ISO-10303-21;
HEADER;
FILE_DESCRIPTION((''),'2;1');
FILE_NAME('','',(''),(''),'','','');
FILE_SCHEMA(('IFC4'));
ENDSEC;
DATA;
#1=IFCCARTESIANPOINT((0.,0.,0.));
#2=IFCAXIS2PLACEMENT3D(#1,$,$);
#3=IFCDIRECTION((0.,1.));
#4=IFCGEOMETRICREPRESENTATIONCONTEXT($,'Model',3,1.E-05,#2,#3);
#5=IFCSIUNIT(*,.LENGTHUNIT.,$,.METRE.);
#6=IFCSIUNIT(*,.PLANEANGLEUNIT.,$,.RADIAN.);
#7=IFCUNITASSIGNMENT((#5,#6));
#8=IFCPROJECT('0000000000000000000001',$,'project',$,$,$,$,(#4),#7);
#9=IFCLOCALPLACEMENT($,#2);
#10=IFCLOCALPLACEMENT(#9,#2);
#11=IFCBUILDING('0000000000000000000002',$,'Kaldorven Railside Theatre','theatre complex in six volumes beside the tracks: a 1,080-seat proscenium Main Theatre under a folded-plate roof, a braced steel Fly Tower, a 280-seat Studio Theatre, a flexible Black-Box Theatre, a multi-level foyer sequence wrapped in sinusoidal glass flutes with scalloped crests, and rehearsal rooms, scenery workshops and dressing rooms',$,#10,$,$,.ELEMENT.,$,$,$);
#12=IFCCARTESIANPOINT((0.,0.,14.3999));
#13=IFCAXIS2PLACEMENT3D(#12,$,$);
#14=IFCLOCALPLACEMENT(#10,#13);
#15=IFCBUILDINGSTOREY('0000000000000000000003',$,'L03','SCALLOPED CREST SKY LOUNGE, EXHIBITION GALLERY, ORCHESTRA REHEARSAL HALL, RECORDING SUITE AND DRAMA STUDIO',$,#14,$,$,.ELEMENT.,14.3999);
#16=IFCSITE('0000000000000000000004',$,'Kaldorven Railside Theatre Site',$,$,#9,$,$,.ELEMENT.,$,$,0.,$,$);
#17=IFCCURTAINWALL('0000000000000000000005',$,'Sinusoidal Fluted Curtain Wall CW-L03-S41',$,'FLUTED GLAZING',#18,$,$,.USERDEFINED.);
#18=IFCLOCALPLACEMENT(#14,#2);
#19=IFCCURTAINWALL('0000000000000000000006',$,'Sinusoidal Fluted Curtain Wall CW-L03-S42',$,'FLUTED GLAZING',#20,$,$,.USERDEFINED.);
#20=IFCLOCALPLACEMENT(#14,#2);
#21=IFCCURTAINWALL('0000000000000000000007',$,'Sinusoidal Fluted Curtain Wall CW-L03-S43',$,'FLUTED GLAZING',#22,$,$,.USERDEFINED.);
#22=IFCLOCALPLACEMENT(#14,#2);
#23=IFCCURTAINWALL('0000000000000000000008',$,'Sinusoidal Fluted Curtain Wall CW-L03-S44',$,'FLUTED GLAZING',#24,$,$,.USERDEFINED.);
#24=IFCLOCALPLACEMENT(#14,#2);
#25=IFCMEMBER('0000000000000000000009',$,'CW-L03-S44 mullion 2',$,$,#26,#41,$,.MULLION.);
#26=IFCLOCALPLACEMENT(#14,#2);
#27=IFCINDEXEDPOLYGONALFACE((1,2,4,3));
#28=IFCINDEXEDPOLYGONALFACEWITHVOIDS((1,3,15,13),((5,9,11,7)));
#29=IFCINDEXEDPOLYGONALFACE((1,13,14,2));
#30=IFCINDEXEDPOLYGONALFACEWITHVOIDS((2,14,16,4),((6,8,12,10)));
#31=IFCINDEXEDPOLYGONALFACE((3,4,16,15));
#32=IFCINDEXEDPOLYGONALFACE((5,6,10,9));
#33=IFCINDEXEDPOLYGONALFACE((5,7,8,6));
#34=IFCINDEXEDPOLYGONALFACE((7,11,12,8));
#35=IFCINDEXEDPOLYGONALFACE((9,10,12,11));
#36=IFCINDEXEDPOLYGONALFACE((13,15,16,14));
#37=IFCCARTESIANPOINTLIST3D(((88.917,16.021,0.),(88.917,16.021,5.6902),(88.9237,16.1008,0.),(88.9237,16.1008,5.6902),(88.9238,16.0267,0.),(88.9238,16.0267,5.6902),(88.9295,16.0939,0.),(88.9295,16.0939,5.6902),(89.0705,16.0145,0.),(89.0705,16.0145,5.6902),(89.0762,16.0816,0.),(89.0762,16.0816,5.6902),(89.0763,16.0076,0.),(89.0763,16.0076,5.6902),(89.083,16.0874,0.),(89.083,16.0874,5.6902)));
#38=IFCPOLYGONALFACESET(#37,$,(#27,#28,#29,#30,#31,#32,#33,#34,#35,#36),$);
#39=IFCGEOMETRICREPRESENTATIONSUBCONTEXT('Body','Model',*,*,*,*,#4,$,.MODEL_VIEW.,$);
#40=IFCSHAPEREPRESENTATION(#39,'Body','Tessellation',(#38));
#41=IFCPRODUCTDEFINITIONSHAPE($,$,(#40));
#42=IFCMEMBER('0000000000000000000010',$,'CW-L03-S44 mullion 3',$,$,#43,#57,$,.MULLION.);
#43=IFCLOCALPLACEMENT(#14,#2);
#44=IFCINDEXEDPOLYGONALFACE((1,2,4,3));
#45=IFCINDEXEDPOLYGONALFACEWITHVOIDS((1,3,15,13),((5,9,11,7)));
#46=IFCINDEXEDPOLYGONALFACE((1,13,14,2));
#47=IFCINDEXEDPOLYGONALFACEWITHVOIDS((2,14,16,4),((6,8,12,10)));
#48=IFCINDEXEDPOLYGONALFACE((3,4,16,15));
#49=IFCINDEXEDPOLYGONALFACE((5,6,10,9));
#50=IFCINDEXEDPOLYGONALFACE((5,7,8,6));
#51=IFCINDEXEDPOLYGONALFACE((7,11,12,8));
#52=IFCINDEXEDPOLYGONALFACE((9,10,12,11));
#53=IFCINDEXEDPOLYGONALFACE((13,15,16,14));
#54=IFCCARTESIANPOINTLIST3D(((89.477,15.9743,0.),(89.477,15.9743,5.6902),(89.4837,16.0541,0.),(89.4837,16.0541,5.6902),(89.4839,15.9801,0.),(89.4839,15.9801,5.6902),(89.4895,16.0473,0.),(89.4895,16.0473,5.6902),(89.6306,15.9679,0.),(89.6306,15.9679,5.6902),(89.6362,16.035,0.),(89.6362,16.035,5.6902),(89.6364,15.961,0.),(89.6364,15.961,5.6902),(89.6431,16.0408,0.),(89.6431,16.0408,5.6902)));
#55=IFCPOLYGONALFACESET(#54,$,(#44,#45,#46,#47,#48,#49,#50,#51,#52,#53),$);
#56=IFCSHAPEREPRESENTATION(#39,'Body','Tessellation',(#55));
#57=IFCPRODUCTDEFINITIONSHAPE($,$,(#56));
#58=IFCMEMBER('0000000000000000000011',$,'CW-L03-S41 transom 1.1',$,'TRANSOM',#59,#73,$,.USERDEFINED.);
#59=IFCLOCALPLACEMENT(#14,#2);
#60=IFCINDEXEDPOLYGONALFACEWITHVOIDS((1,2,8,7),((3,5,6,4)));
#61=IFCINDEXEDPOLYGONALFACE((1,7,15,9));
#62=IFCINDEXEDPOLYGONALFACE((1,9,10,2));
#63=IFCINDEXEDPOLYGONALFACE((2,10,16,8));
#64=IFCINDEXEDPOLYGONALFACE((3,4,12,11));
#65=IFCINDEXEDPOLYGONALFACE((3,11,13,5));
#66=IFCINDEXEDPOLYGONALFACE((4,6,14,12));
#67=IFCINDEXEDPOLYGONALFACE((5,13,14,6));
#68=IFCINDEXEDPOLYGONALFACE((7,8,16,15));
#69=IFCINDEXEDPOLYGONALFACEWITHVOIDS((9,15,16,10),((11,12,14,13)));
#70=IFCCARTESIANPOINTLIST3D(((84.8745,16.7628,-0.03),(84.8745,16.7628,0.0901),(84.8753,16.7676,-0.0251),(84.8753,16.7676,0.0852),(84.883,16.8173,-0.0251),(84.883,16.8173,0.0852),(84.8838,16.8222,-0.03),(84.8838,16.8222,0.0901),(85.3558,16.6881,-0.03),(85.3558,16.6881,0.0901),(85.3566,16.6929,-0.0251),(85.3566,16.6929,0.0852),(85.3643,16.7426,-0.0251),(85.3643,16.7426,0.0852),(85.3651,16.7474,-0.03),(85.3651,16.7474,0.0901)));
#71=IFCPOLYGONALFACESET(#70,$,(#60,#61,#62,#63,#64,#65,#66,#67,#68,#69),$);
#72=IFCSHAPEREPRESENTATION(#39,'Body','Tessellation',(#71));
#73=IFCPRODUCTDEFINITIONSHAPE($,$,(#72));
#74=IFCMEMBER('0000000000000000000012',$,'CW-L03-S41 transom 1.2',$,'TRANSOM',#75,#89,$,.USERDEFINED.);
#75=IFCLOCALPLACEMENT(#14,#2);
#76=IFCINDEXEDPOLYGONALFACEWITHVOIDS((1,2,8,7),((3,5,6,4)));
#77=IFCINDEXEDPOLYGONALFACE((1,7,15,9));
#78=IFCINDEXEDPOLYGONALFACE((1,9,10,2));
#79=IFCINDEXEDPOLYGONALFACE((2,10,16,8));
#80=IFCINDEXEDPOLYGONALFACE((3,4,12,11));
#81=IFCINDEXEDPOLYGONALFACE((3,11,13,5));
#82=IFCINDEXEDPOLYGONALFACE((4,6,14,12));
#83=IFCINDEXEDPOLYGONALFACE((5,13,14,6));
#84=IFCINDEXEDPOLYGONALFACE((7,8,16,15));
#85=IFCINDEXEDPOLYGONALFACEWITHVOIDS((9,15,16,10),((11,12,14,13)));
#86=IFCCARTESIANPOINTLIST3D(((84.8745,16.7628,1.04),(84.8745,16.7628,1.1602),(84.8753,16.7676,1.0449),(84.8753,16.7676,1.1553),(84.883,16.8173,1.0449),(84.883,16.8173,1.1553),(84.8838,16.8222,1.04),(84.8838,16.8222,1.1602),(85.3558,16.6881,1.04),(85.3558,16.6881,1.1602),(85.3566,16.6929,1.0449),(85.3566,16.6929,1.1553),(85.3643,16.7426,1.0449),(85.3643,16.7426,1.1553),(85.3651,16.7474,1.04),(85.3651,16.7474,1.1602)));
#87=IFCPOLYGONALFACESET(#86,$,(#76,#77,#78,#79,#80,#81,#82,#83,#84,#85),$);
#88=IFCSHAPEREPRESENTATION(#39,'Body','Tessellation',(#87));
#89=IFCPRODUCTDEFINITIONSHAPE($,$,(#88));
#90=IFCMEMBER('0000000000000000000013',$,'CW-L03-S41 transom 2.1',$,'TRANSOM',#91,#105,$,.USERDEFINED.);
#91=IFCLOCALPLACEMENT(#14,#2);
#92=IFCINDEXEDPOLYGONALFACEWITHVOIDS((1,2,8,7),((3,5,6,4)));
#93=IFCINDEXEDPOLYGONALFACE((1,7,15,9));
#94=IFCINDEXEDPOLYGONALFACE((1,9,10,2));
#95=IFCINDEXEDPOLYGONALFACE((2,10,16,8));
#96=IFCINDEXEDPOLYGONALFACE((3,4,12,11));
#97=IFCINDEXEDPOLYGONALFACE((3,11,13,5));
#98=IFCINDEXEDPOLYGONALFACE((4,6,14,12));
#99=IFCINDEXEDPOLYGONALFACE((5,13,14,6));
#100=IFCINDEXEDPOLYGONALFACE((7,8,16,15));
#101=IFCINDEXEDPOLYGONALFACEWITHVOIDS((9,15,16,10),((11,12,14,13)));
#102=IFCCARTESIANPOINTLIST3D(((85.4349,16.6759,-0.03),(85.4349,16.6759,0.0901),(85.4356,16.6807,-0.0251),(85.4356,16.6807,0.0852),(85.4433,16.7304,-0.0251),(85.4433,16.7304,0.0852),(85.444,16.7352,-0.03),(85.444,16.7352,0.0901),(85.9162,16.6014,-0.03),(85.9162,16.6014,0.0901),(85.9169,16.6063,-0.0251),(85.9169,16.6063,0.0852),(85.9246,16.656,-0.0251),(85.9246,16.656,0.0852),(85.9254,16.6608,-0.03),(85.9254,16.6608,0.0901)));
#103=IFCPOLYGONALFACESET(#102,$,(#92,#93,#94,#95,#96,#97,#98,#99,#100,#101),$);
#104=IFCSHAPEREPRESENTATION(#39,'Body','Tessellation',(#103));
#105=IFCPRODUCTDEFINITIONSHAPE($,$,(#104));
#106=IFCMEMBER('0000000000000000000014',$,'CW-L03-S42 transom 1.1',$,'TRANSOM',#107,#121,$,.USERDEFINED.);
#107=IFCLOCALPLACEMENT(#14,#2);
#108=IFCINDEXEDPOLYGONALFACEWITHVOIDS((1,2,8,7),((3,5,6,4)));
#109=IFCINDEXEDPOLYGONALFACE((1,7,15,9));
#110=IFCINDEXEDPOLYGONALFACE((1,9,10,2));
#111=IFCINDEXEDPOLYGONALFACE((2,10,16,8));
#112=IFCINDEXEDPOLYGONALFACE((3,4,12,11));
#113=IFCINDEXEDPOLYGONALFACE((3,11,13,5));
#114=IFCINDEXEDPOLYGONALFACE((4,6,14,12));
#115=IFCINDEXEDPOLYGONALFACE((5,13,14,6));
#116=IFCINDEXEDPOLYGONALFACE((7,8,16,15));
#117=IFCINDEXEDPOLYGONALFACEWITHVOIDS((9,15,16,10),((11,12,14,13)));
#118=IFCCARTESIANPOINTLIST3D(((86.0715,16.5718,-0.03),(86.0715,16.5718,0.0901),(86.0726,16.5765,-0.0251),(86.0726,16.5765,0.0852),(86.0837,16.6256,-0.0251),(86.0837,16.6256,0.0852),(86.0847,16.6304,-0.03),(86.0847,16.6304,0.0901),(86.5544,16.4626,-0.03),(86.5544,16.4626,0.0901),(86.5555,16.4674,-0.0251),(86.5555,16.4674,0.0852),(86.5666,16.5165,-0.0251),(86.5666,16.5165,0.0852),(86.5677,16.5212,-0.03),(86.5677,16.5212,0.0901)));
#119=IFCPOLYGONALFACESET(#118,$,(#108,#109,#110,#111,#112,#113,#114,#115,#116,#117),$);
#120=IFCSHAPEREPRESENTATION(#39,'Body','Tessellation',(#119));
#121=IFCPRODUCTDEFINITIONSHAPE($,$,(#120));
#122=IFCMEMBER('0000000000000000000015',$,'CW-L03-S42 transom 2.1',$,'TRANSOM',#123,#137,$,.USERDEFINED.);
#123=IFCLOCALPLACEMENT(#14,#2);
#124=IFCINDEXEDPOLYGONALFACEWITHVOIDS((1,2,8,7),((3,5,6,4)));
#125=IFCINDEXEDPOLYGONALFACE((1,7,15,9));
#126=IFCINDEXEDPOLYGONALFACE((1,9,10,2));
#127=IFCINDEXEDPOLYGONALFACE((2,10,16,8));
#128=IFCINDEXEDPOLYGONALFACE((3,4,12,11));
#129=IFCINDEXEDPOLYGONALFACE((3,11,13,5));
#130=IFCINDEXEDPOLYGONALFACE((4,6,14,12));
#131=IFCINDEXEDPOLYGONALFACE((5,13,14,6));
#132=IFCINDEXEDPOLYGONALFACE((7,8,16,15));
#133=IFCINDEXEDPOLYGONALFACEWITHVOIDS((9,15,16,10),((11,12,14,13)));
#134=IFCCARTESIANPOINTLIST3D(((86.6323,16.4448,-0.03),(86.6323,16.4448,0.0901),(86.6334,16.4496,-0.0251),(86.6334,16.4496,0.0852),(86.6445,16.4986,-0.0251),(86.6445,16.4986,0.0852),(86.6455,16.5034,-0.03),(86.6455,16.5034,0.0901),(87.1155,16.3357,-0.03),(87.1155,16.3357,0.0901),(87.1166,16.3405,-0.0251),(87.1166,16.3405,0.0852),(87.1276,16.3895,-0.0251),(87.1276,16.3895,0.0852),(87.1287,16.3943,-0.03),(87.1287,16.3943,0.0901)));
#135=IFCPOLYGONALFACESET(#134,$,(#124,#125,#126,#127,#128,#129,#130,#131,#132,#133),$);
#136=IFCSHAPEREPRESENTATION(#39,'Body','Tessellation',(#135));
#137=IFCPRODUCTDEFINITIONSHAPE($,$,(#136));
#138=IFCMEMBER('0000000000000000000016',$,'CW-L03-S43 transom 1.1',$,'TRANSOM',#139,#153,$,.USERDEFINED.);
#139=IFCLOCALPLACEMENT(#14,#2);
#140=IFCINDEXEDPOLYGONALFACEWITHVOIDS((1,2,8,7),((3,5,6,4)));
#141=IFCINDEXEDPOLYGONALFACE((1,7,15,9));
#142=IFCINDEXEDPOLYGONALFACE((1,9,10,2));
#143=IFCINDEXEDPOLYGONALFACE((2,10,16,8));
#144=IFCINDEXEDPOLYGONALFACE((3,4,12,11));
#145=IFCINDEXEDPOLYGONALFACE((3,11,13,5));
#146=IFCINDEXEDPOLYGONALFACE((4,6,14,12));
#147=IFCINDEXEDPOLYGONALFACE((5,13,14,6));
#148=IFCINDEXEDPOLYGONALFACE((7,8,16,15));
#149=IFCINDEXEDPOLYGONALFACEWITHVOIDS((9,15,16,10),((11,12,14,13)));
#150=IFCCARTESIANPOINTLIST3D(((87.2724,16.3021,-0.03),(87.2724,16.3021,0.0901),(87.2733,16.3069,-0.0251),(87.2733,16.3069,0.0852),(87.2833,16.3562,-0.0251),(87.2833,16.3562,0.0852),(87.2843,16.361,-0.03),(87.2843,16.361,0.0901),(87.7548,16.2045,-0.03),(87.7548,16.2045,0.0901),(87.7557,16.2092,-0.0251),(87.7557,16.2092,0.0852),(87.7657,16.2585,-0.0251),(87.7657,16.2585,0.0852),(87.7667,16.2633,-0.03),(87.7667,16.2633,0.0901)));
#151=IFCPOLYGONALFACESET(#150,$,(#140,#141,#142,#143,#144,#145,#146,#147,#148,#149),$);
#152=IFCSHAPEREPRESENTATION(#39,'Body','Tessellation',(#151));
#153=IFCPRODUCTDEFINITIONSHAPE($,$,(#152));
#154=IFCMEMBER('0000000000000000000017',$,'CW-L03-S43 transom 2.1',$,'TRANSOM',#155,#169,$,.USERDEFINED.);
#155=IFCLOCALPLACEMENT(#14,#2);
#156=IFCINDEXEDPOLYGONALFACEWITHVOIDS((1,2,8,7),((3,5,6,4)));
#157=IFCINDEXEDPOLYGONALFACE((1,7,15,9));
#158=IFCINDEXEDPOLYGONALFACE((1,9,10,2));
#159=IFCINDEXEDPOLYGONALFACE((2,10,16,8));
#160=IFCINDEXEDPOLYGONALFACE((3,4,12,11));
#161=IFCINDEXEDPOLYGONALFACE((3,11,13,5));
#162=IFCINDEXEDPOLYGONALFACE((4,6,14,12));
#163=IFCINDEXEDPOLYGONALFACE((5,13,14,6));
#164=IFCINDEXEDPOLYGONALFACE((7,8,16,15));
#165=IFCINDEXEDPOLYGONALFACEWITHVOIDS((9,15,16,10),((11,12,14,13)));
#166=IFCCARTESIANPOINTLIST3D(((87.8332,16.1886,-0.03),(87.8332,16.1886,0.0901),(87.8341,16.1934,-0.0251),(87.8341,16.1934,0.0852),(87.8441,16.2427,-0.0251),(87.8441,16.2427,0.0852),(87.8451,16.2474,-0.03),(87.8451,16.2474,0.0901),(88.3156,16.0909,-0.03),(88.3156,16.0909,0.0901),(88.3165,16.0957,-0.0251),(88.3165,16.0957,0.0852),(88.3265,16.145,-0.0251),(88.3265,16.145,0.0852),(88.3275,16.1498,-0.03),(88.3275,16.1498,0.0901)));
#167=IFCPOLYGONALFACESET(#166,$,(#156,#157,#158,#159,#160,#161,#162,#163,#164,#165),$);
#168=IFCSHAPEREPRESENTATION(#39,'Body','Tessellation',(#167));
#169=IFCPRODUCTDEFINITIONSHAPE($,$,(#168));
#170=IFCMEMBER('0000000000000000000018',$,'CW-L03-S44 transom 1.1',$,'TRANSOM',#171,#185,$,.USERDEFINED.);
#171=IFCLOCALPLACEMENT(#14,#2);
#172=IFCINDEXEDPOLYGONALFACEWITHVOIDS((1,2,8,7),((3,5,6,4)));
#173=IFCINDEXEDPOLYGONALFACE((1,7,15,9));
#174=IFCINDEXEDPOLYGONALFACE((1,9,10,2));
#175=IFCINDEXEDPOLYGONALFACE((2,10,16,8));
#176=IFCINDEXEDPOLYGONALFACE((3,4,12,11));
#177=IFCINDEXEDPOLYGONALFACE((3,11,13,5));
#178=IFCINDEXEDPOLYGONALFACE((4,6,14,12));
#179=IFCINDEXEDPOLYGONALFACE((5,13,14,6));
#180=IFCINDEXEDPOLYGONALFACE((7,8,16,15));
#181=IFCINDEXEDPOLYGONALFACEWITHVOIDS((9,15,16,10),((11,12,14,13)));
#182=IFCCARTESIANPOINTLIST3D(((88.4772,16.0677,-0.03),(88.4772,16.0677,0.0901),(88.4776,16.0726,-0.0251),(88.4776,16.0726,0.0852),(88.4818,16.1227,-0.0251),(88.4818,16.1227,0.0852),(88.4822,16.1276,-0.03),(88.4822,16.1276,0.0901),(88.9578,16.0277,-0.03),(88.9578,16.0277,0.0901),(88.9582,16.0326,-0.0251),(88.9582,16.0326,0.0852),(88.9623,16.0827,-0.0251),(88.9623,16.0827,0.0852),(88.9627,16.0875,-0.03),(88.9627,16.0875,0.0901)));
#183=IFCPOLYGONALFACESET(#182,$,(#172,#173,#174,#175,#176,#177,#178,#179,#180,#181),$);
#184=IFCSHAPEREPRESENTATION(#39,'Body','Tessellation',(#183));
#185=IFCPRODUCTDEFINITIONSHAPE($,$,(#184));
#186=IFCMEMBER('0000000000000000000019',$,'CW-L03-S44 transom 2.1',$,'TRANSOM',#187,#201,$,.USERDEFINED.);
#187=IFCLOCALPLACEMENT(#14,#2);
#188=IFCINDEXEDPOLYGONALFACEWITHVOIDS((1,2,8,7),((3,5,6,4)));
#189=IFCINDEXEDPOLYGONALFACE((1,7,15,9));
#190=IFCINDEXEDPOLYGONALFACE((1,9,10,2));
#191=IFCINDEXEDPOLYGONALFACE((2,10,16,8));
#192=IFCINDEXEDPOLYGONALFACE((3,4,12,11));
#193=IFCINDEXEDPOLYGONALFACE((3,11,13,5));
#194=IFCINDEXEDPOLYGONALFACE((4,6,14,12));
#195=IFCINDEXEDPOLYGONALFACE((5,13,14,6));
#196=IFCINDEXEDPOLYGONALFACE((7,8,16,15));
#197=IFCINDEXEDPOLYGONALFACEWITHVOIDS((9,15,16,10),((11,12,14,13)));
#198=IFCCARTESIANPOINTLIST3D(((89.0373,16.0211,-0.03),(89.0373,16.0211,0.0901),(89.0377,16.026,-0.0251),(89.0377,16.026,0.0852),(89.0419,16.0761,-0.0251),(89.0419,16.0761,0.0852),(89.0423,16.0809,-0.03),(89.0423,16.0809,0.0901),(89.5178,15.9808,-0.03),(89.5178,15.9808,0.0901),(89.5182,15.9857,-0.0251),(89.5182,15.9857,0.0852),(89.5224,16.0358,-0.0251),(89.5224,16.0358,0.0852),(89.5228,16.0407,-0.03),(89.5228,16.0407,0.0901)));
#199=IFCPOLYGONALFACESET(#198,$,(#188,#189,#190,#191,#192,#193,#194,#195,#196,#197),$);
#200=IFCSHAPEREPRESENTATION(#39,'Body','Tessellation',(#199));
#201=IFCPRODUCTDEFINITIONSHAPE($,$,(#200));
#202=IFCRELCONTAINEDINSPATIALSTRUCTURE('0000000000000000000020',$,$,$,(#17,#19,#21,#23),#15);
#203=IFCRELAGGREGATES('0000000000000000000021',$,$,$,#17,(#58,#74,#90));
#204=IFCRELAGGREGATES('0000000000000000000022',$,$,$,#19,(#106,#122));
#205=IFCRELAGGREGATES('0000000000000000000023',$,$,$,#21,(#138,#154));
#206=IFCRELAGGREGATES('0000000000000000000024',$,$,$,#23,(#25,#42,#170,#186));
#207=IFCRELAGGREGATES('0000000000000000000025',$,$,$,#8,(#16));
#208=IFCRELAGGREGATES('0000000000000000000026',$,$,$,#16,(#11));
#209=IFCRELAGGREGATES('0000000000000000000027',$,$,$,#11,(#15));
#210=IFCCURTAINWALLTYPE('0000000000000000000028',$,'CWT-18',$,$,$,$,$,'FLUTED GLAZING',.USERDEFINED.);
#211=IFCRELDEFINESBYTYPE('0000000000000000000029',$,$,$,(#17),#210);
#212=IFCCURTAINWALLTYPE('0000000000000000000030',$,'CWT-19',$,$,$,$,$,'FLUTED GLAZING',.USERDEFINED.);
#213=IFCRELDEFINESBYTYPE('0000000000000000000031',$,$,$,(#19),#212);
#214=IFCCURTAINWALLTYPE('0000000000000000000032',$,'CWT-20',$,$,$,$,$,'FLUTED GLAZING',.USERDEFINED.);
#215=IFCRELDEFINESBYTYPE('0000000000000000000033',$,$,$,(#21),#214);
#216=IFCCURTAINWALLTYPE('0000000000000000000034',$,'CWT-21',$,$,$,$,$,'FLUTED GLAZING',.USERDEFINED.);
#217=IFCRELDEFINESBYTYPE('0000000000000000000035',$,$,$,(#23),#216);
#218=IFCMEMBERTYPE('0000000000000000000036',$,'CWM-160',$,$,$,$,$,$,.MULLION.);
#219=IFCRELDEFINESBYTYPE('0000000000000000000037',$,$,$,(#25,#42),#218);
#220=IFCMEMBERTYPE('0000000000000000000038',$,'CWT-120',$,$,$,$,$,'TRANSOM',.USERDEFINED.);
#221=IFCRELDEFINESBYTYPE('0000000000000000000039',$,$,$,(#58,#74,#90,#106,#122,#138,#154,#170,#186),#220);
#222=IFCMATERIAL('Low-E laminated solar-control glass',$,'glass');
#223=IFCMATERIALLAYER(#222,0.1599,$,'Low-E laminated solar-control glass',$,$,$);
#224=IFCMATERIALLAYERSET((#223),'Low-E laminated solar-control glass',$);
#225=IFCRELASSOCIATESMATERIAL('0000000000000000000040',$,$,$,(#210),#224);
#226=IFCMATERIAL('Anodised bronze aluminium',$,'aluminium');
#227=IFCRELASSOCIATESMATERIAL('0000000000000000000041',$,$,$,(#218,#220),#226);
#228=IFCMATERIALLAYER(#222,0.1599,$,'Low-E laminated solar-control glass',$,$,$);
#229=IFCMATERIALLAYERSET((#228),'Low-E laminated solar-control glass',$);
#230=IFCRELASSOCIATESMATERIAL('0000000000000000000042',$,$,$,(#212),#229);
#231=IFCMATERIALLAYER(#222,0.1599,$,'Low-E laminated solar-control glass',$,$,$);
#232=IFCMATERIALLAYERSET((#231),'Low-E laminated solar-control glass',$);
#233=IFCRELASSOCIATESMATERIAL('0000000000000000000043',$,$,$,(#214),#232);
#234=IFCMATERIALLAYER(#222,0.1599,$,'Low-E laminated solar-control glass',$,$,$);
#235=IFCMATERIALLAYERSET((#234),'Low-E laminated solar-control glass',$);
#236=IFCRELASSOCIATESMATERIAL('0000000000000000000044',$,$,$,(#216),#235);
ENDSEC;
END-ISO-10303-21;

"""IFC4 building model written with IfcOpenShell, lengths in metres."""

from ifc_helpers import new_model, si_unit, direction, frame, origin, origin_2d, place, context, subcontext, project, spatial, hollow_rectangle, extrude, material, layer, layer_set, material_profile, profile_set, type_object, element, aggregate, save


model = new_model("IFC4")

# Units and contexts
model_context = context("Model", 3, precision=1e-05, world=origin(), true_north=direction((0.0, 1.0)))
body_context = subcontext(model_context, "Body", "Model", "MODEL_VIEW")
ifc_project = project(units=[si_unit("LENGTHUNIT", "METRE"), si_unit("PLANEANGLEUNIT", "RADIAN")], contexts=[model_context])

# Site, building, storey
site_placement = place(None, origin())
site = spatial("IfcSite", under=ifc_project, at=site_placement, Name="Kaldorven Railside Theatre Site", CompositionType="ELEMENT", RefElevation=0.0)
building_placement = place(site_placement, origin())
building = spatial("IfcBuilding", under=site, at=building_placement, Name="Kaldorven Railside Theatre", Description="theatre complex in six volumes beside the tracks: a 1,080-seat proscenium Main Theatre under a folded-plate roof, a braced steel Fly Tower, a 280-seat Studio Theatre, a flexible Black-Box Theatre, a multi-level foyer sequence wrapped in sinusoidal glass flutes with scalloped crests, and rehearsal rooms, scenery workshops and dressing rooms", CompositionType="ELEMENT")
storey_placement = place(building_placement, frame((0.0, 0.0, 14.3999)))
storey = spatial("IfcBuildingStorey", under=building, at=storey_placement, Name="L03", Description="SCALLOPED CREST SKY LOUNGE, EXHIBITION GALLERY, ORCHESTRA REHEARSAL HALL, RECORDING SUITE AND DRAMA STUDIO", CompositionType="ELEMENT", Elevation=14.3999)

# Curtain walls, members
ifc_material_1 = material(Name="Low-E laminated solar-control glass", Category="glass")
ifc_layer_1 = layer(ifc_material_1, 0.1599, Name="Low-E laminated solar-control glass")
ifc_layer_set_1 = layer_set([ifc_layer_1], Name="Low-E laminated solar-control glass")
curtain_wall_type_1 = type_object("IfcCurtainWallType", Name="CWT-18", ElementType="FLUTED GLAZING", PredefinedType="USERDEFINED", material=ifc_layer_set_1)
curtain_wall_1_placement = place(storey_placement, origin())
curtain_wall_1 = element("IfcCurtainWall", 1, at=curtain_wall_1_placement, inside=storey, type_object=curtain_wall_type_1, Name="Sinusoidal Fluted Curtain Wall CW-L03-S41", ObjectType="FLUTED GLAZING", PredefinedType="USERDEFINED")
ifc_material_2 = material(Name="Anodised bronze aluminium", Category="aluminium")
ifc_material_profile_1 = material_profile(ifc_material_2, hollow_rectangle(XDim=0.0801, YDim=0.1599, WallThickness=0.0063, at=origin_2d()), Name="RHS 160x80x6.3")
ifc_profile_set_1 = profile_set([ifc_material_profile_1], Name="Anodised bronze aluminium")
member_type_1 = type_object("IfcMemberType", Name="CWM-160", PredefinedType="MULLION", material=ifc_profile_set_1)
ifc_layer_2 = layer(ifc_material_1, 0.1599, Name="Low-E laminated solar-control glass")
ifc_layer_set_2 = layer_set([ifc_layer_2], Name="Low-E laminated solar-control glass")
curtain_wall_type_2 = type_object("IfcCurtainWallType", Name="CWT-19", ElementType="FLUTED GLAZING", PredefinedType="USERDEFINED", material=ifc_layer_set_2)
curtain_wall_2_placement = place(storey_placement, origin())
curtain_wall_2 = element("IfcCurtainWall", 2, at=curtain_wall_2_placement, inside=storey, type_object=curtain_wall_type_2, Name="Sinusoidal Fluted Curtain Wall CW-L03-S42", ObjectType="FLUTED GLAZING", PredefinedType="USERDEFINED")
ifc_layer_3 = layer(ifc_material_1, 0.1599, Name="Low-E laminated solar-control glass")
ifc_layer_set_3 = layer_set([ifc_layer_3], Name="Low-E laminated solar-control glass")
curtain_wall_type_3 = type_object("IfcCurtainWallType", Name="CWT-20", ElementType="FLUTED GLAZING", PredefinedType="USERDEFINED", material=ifc_layer_set_3)
curtain_wall_3_placement = place(storey_placement, origin())
curtain_wall_3 = element("IfcCurtainWall", 3, at=curtain_wall_3_placement, inside=storey, type_object=curtain_wall_type_3, Name="Sinusoidal Fluted Curtain Wall CW-L03-S43", ObjectType="FLUTED GLAZING", PredefinedType="USERDEFINED")
ifc_layer_4 = layer(ifc_material_1, 0.1599, Name="Low-E laminated solar-control glass")
ifc_layer_set_4 = layer_set([ifc_layer_4], Name="Low-E laminated solar-control glass")
curtain_wall_type_4 = type_object("IfcCurtainWallType", Name="CWT-21", ElementType="FLUTED GLAZING", PredefinedType="USERDEFINED", material=ifc_layer_set_4)
curtain_wall_4_placement = place(storey_placement, origin())
curtain_wall_4 = element("IfcCurtainWall", 4, at=curtain_wall_4_placement, inside=storey, type_object=curtain_wall_type_4, Name="Sinusoidal Fluted Curtain Wall CW-L03-S44", ObjectType="FLUTED GLAZING", PredefinedType="USERDEFINED")
member_1_placement = place(storey_placement, frame((89.0, 16.0542, 0.0), z_axis=(0.0, 0.0, 1.0), x_axis=(0.08321, 0.996532, 0.0)))
member_1 = element("IfcMember", 5, at=member_1_placement, type_object=member_type_1, Name="CW-L03-S44 mullion 2", PredefinedType="MULLION", context=body_context, shape_type="SweptSolid", body=[
    extrude(hollow_rectangle(XDim=0.0801, YDim=0.1599, WallThickness=0.0063, at=origin_2d()), origin(), (0.0, 0.0, 1.0), 5.6902),
])
member_2_placement = place(storey_placement, frame((89.5601, 16.0076, 0.0), z_axis=(0.0, 0.0, 1.0), x_axis=(0.08321, 0.996532, 0.0)))
member_2 = element("IfcMember", 6, at=member_2_placement, type_object=member_type_1, Name="CW-L03-S44 mullion 3", PredefinedType="MULLION", context=body_context, shape_type="SweptSolid", body=[
    extrude(hollow_rectangle(XDim=0.0801, YDim=0.1599, WallThickness=0.0063, at=origin_2d()), origin(), (0.0, 0.0, 1.0), 5.6902),
])

# Members
ifc_material_profile_2 = material_profile(ifc_material_2, hollow_rectangle(XDim=0.0601, YDim=0.1201, WallThickness=0.0049, at=origin_2d()), Name="RHS 120x60x5")
ifc_profile_set_2 = profile_set([ifc_material_profile_2], Name="Anodised bronze aluminium")
member_type_2 = type_object("IfcMemberType", Name="CWT-120", ElementType="TRANSOM", PredefinedType="USERDEFINED", material=ifc_profile_set_2)
member_3_placement = place(storey_placement, frame((84.8792, 16.7925, 0.03), z_axis=(0.988162, -0.153413, 0.0), x_axis=(0.153413, 0.988162, 0.0)))
member_3 = element("IfcMember", 7, at=member_3_placement, type_object=member_type_2, Name="CW-L03-S41 transom 1.1", ObjectType="TRANSOM", PredefinedType="USERDEFINED", context=body_context, shape_type="SweptSolid", body=[
    extrude(hollow_rectangle(XDim=0.0601, YDim=0.1201, WallThickness=0.0049, at=origin_2d()), origin(), (0.0, 0.0, 1.0), 0.4871),
])
member_4_placement = place(storey_placement, frame((84.8792, 16.7925, 1.1001), z_axis=(0.988162, -0.153413, 0.0), x_axis=(0.153413, 0.988162, 0.0)))
member_4 = element("IfcMember", 8, at=member_4_placement, type_object=member_type_2, Name="CW-L03-S41 transom 1.2", ObjectType="TRANSOM", PredefinedType="USERDEFINED", context=body_context, shape_type="SweptSolid", body=[
    extrude(hollow_rectangle(XDim=0.0601, YDim=0.1201, WallThickness=0.0049, at=origin_2d()), origin(), (0.0, 0.0, 1.0), 0.4871),
])
member_5_placement = place(storey_placement, frame((85.4395, 16.7056, 0.03), z_axis=(0.98825, -0.152848, 0.0), x_axis=(0.152848, 0.98825, 0.0)))
member_5 = element("IfcMember", 9, at=member_5_placement, type_object=member_type_2, Name="CW-L03-S41 transom 2.1", ObjectType="TRANSOM", PredefinedType="USERDEFINED", context=body_context, shape_type="SweptSolid", body=[
    extrude(hollow_rectangle(XDim=0.0601, YDim=0.1201, WallThickness=0.0049, at=origin_2d()), origin(), (0.0, 0.0, 1.0), 0.4871),
])
member_6_placement = place(storey_placement, frame((86.0781, 16.6011, 0.03), z_axis=(0.975403, -0.220427, 0.0), x_axis=(0.220427, 0.975403, 0.0)))
member_6 = element("IfcMember", 10, at=member_6_placement, type_object=member_type_2, Name="CW-L03-S42 transom 1.1", ObjectType="TRANSOM", PredefinedType="USERDEFINED", context=body_context, shape_type="SweptSolid", body=[
    extrude(hollow_rectangle(XDim=0.0601, YDim=0.1201, WallThickness=0.0049, at=origin_2d()), origin(), (0.0, 0.0, 1.0), 0.4951),
])
member_7_placement = place(storey_placement, frame((86.6389, 16.4741, 0.03), z_axis=(0.975427, -0.220321, 0.0), x_axis=(0.220321, 0.975427, 0.0)))
member_7 = element("IfcMember", 11, at=member_7_placement, type_object=member_type_2, Name="CW-L03-S42 transom 2.1", ObjectType="TRANSOM", PredefinedType="USERDEFINED", context=body_context, shape_type="SweptSolid", body=[
    extrude(hollow_rectangle(XDim=0.0601, YDim=0.1201, WallThickness=0.0049, at=origin_2d()), origin(), (0.0, 0.0, 1.0), 0.4954),
])
member_8_placement = place(storey_placement, frame((87.2783, 16.3315, 0.03), z_axis=(0.98012, -0.198405, 0.0), x_axis=(0.198405, 0.98012, 0.0)))
member_8 = element("IfcMember", 12, at=member_8_placement, type_object=member_type_2, Name="CW-L03-S43 transom 1.1", ObjectType="TRANSOM", PredefinedType="USERDEFINED", context=body_context, shape_type="SweptSolid", body=[
    extrude(hollow_rectangle(XDim=0.0601, YDim=0.1201, WallThickness=0.0049, at=origin_2d()), origin(), (0.0, 0.0, 1.0), 0.4922),
])
member_9_placement = place(storey_placement, frame((87.8391, 16.218, 0.03), z_axis=(0.98012, -0.198405, 0.0), x_axis=(0.198405, 0.98012, 0.0)))
member_9 = element("IfcMember", 13, at=member_9_placement, type_object=member_type_2, Name="CW-L03-S43 transom 2.1", ObjectType="TRANSOM", PredefinedType="USERDEFINED", context=body_context, shape_type="SweptSolid", body=[
    extrude(hollow_rectangle(XDim=0.0601, YDim=0.1201, WallThickness=0.0049, at=origin_2d()), origin(), (0.0, 0.0, 1.0), 0.4922),
])
member_10_placement = place(storey_placement, frame((88.4797, 16.0977, 0.03), z_axis=(0.996546, -0.083045, 0.0), x_axis=(0.083045, 0.996546, 0.0)))
member_10 = element("IfcMember", 14, at=member_10_placement, type_object=member_type_2, Name="CW-L03-S44 transom 1.1", ObjectType="TRANSOM", PredefinedType="USERDEFINED", context=body_context, shape_type="SweptSolid", body=[
    extrude(hollow_rectangle(XDim=0.0601, YDim=0.1201, WallThickness=0.0049, at=origin_2d()), origin(), (0.0, 0.0, 1.0), 0.4822),
])
member_11_placement = place(storey_placement, frame((89.0398, 16.051, 0.03), z_axis=(0.996504, -0.083548, 0.0), x_axis=(0.083548, 0.996504, 0.0)))
member_11 = element("IfcMember", 15, at=member_11_placement, type_object=member_type_2, Name="CW-L03-S44 transom 2.1", ObjectType="TRANSOM", PredefinedType="USERDEFINED", context=body_context, shape_type="SweptSolid", body=[
    extrude(hollow_rectangle(XDim=0.0601, YDim=0.1201, WallThickness=0.0049, at=origin_2d()), origin(), (0.0, 0.0, 1.0), 0.4822),
])

aggregate(curtain_wall_1, [member_3, member_4, member_5])
aggregate(curtain_wall_2, [member_6, member_7])
aggregate(curtain_wall_3, [member_8, member_9])
aggregate(curtain_wall_4, [member_1, member_2, member_10, member_11])

save(model, "model.ifc")
